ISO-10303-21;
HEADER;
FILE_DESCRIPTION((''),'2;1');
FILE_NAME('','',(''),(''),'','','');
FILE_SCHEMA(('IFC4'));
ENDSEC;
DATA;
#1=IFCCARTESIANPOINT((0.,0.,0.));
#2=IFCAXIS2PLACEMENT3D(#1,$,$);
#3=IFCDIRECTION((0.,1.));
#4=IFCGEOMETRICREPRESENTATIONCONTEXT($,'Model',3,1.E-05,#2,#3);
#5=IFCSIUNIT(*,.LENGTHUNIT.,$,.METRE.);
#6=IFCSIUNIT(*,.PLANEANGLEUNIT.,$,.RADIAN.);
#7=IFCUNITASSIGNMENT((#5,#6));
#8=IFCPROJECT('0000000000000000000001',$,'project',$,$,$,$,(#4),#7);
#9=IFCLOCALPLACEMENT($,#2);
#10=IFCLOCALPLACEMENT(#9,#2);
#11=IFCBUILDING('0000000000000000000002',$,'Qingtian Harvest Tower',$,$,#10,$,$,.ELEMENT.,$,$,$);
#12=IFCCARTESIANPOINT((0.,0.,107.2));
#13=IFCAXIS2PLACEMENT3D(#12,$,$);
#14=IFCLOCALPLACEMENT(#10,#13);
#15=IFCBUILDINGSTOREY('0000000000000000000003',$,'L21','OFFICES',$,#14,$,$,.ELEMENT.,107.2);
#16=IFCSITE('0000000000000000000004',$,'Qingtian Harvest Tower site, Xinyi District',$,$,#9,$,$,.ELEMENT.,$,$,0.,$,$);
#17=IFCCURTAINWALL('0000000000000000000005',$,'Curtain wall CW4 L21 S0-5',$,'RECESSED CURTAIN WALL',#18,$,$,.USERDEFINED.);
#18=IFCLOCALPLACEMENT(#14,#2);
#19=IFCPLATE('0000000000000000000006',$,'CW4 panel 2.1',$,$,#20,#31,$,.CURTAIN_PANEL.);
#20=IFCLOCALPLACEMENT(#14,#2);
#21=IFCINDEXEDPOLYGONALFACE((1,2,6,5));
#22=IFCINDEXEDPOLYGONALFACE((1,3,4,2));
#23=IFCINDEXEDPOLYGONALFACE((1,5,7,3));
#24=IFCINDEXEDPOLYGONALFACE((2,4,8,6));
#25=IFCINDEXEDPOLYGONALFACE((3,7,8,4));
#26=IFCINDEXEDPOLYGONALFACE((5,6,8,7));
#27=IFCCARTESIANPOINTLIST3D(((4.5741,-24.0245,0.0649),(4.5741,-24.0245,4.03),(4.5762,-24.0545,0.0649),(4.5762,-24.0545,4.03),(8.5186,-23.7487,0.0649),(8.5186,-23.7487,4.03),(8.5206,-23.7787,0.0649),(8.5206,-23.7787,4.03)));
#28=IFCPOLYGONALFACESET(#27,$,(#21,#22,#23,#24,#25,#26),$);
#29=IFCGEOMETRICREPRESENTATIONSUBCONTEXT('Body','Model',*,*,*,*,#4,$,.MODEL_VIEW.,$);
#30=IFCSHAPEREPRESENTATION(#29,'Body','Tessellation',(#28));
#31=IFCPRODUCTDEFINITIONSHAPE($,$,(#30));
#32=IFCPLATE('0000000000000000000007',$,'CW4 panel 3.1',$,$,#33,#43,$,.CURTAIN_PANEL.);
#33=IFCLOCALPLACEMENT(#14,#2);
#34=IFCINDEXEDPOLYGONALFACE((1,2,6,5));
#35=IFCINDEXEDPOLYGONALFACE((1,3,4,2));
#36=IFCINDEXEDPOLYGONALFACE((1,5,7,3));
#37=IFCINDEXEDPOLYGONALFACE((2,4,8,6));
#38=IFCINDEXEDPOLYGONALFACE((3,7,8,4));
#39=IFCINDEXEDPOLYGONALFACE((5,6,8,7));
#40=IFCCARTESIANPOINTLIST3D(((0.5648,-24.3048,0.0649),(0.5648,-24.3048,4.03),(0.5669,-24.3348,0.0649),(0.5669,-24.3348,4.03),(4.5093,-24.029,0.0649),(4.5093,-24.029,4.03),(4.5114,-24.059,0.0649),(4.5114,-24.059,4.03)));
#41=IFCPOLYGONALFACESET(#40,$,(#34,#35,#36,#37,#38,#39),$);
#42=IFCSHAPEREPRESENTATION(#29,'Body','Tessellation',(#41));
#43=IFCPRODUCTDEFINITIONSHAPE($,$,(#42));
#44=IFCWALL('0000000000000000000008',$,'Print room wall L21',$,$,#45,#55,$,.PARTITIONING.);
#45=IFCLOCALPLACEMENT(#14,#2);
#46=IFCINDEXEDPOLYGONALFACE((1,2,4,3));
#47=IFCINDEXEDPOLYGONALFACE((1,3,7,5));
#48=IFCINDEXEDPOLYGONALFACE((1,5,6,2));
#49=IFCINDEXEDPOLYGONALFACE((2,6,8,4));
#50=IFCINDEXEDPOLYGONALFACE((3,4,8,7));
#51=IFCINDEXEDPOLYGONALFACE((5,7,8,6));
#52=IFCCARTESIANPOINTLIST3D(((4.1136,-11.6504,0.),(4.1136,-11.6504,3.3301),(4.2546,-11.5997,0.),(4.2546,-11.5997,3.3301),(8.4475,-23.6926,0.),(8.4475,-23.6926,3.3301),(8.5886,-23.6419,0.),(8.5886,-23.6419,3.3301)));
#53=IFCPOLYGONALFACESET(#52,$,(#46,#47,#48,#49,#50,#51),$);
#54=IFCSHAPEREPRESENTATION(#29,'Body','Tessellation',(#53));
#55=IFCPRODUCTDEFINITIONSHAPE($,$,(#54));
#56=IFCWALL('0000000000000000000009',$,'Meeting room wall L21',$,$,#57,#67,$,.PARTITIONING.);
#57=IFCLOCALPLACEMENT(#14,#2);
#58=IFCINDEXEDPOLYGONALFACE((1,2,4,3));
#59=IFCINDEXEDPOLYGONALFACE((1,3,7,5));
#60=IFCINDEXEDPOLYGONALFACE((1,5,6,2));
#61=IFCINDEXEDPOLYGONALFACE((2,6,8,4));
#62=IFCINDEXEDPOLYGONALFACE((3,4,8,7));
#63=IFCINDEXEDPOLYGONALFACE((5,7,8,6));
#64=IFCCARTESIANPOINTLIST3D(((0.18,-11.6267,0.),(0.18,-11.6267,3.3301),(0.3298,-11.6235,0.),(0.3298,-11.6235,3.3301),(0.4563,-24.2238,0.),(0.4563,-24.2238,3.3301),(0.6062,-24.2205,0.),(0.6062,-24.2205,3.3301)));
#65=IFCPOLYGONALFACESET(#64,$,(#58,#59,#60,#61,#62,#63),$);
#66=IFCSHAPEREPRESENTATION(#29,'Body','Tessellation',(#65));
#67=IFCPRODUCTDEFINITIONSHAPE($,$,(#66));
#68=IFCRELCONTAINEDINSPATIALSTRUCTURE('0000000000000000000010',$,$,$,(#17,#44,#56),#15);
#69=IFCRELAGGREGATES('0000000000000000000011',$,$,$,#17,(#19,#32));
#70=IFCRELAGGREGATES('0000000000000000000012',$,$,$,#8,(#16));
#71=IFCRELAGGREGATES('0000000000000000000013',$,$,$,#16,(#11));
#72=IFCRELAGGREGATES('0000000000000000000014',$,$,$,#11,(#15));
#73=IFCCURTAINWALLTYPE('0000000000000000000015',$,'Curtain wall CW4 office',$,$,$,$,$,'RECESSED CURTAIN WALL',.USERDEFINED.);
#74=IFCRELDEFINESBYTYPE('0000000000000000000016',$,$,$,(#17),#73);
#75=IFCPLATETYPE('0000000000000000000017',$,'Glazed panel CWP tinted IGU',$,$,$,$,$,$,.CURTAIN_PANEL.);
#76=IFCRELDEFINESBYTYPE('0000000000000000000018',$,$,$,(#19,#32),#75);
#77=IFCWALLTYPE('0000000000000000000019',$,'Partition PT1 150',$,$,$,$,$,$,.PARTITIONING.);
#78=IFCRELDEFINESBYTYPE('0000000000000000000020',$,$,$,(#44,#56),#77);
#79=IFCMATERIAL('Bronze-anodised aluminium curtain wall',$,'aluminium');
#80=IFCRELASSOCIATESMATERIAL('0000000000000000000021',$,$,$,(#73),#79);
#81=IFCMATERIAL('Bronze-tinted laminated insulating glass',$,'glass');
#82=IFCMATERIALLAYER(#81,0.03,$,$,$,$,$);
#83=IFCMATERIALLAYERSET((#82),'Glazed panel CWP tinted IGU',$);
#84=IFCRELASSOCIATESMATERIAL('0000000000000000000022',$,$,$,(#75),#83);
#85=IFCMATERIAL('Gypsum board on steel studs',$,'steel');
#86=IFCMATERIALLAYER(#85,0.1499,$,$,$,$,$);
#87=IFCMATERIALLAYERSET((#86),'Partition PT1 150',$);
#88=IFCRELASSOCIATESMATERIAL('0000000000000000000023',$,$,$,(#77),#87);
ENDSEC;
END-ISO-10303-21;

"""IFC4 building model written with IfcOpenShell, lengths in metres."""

from ifc_helpers import new_model, si_unit, direction, frame, frame_2d, origin, origin_2d, place, context, subcontext, project, spatial, rectangle, extrude, material, layer, layer_set, type_object, element, aggregate, save


model = new_model("IFC4")

# Units and contexts
model_context = context("Model", 3, precision=1e-05, world=origin(), true_north=direction((0.0, 1.0)))
body_context = subcontext(model_context, "Body", "Model", "MODEL_VIEW")
ifc_project = project(units=[si_unit("LENGTHUNIT", "METRE"), si_unit("PLANEANGLEUNIT", "RADIAN")], contexts=[model_context])

# Site, building, storey
site_placement = place(None, origin())
site = spatial("IfcSite", under=ifc_project, at=site_placement, Name="Qingtian Harvest Tower site, Xinyi District", CompositionType="ELEMENT", RefElevation=0.0)
building_placement = place(site_placement, origin())
building = spatial("IfcBuilding", under=site, at=building_placement, Name="Qingtian Harvest Tower", CompositionType="ELEMENT")
storey_placement = place(building_placement, frame((0.0, 0.0, 107.2)))
storey = spatial("IfcBuildingStorey", under=building, at=storey_placement, Name="L21", Description="OFFICES", CompositionType="ELEMENT", Elevation=107.2)

# Shared definitions
ifc_material_1 = material(Name="Bronze-anodised aluminium curtain wall", Category="aluminium")
curtain_wall_type = type_object("IfcCurtainWallType", Name="Curtain wall CW4 office", ElementType="RECESSED CURTAIN WALL", PredefinedType="USERDEFINED", material=ifc_material_1)

# Curtain wall
curtain_wall_1_placement = place(storey_placement, origin())
curtain_wall_1 = element("IfcCurtainWall", 1, at=curtain_wall_1_placement, inside=storey, type_object=curtain_wall_type, Name="Curtain wall CW4 L21 S0-5", ObjectType="RECESSED CURTAIN WALL", PredefinedType="USERDEFINED")

# Plates
ifc_material_2 = material(Name="Bronze-tinted laminated insulating glass", Category="glass")
ifc_layer_1 = layer(ifc_material_2, 0.03)
ifc_layer_set_1 = layer_set([ifc_layer_1], Name="Glazed panel CWP tinted IGU")
plate_type = type_object("IfcPlateType", Name="Glazed panel CWP tinted IGU", PredefinedType="CURTAIN_PANEL", material=ifc_layer_set_1)
plate_1_placement = place(storey_placement, frame((6.5474, -23.9016, 0.0649), z_axis=(0.0, 0.0, 1.0), x_axis=(-0.997564, -0.069756, 0.0)))
plate_1 = element("IfcPlate", 2, at=plate_1_placement, type_object=plate_type, Name="CW4 panel 2.1", PredefinedType="CURTAIN_PANEL", context=body_context, shape_type="SweptSolid", body=[
    extrude(rectangle(XDim=3.9541, YDim=0.03, at=origin_2d()), origin(), (0.0, 0.0, 1.0), 3.9651),
])
plate_2_placement = place(storey_placement, frame((2.5381, -24.1819, 0.0649), z_axis=(0.0, 0.0, 1.0), x_axis=(-0.997564, -0.069756, 0.0)))
plate_2 = element("IfcPlate", 3, at=plate_2_placement, type_object=plate_type, Name="CW4 panel 3.1", PredefinedType="CURTAIN_PANEL", context=body_context, shape_type="SweptSolid", body=[
    extrude(rectangle(XDim=3.9541, YDim=0.03, at=origin_2d()), origin(), (0.0, 0.0, 1.0), 3.9651),
])
aggregate(curtain_wall_1, [plate_1, plate_2])

# Walls
ifc_material_3 = material(Name="Gypsum board on steel studs", Category="steel")
ifc_layer_2 = layer(ifc_material_3, 0.1499)
ifc_layer_set_2 = layer_set([ifc_layer_2], Name="Partition PT1 150")
wall_type = type_object("IfcWallType", Name="Partition PT1 150", PredefinedType="PARTITIONING", material=ifc_layer_set_2)
wall_1_placement = place(storey_placement, frame((8.5181, -23.6672, 0.0), z_axis=(0.0, 0.0, 1.0), x_axis=(-0.338635, 0.940918, 0.0)))
element("IfcWall", 4, at=wall_1_placement, inside=storey, type_object=wall_type, Name="Print room wall L21", PredefinedType="PARTITIONING", context=body_context, shape_type="SweptSolid", body=[
    extrude(rectangle(XDim=12.7983, YDim=0.1499, at=frame_2d((6.3992, 0.0))), origin(), (0.0, 0.0, 1.0), 3.3301),
])
wall_2_placement = place(storey_placement, frame((0.5312, -24.2222, 0.0), z_axis=(0.0, 0.0, 1.0), x_axis=(-0.021934, 0.999759, 0.0)))
element("IfcWall", 5, at=wall_2_placement, inside=storey, type_object=wall_type, Name="Meeting room wall L21", PredefinedType="PARTITIONING", context=body_context, shape_type="SweptSolid", body=[
    extrude(rectangle(XDim=12.6001, YDim=0.1499, at=frame_2d((6.3, 0.0))), origin(), (0.0, 0.0, 1.0), 3.3301),
])

save(model, "model.ifc")
